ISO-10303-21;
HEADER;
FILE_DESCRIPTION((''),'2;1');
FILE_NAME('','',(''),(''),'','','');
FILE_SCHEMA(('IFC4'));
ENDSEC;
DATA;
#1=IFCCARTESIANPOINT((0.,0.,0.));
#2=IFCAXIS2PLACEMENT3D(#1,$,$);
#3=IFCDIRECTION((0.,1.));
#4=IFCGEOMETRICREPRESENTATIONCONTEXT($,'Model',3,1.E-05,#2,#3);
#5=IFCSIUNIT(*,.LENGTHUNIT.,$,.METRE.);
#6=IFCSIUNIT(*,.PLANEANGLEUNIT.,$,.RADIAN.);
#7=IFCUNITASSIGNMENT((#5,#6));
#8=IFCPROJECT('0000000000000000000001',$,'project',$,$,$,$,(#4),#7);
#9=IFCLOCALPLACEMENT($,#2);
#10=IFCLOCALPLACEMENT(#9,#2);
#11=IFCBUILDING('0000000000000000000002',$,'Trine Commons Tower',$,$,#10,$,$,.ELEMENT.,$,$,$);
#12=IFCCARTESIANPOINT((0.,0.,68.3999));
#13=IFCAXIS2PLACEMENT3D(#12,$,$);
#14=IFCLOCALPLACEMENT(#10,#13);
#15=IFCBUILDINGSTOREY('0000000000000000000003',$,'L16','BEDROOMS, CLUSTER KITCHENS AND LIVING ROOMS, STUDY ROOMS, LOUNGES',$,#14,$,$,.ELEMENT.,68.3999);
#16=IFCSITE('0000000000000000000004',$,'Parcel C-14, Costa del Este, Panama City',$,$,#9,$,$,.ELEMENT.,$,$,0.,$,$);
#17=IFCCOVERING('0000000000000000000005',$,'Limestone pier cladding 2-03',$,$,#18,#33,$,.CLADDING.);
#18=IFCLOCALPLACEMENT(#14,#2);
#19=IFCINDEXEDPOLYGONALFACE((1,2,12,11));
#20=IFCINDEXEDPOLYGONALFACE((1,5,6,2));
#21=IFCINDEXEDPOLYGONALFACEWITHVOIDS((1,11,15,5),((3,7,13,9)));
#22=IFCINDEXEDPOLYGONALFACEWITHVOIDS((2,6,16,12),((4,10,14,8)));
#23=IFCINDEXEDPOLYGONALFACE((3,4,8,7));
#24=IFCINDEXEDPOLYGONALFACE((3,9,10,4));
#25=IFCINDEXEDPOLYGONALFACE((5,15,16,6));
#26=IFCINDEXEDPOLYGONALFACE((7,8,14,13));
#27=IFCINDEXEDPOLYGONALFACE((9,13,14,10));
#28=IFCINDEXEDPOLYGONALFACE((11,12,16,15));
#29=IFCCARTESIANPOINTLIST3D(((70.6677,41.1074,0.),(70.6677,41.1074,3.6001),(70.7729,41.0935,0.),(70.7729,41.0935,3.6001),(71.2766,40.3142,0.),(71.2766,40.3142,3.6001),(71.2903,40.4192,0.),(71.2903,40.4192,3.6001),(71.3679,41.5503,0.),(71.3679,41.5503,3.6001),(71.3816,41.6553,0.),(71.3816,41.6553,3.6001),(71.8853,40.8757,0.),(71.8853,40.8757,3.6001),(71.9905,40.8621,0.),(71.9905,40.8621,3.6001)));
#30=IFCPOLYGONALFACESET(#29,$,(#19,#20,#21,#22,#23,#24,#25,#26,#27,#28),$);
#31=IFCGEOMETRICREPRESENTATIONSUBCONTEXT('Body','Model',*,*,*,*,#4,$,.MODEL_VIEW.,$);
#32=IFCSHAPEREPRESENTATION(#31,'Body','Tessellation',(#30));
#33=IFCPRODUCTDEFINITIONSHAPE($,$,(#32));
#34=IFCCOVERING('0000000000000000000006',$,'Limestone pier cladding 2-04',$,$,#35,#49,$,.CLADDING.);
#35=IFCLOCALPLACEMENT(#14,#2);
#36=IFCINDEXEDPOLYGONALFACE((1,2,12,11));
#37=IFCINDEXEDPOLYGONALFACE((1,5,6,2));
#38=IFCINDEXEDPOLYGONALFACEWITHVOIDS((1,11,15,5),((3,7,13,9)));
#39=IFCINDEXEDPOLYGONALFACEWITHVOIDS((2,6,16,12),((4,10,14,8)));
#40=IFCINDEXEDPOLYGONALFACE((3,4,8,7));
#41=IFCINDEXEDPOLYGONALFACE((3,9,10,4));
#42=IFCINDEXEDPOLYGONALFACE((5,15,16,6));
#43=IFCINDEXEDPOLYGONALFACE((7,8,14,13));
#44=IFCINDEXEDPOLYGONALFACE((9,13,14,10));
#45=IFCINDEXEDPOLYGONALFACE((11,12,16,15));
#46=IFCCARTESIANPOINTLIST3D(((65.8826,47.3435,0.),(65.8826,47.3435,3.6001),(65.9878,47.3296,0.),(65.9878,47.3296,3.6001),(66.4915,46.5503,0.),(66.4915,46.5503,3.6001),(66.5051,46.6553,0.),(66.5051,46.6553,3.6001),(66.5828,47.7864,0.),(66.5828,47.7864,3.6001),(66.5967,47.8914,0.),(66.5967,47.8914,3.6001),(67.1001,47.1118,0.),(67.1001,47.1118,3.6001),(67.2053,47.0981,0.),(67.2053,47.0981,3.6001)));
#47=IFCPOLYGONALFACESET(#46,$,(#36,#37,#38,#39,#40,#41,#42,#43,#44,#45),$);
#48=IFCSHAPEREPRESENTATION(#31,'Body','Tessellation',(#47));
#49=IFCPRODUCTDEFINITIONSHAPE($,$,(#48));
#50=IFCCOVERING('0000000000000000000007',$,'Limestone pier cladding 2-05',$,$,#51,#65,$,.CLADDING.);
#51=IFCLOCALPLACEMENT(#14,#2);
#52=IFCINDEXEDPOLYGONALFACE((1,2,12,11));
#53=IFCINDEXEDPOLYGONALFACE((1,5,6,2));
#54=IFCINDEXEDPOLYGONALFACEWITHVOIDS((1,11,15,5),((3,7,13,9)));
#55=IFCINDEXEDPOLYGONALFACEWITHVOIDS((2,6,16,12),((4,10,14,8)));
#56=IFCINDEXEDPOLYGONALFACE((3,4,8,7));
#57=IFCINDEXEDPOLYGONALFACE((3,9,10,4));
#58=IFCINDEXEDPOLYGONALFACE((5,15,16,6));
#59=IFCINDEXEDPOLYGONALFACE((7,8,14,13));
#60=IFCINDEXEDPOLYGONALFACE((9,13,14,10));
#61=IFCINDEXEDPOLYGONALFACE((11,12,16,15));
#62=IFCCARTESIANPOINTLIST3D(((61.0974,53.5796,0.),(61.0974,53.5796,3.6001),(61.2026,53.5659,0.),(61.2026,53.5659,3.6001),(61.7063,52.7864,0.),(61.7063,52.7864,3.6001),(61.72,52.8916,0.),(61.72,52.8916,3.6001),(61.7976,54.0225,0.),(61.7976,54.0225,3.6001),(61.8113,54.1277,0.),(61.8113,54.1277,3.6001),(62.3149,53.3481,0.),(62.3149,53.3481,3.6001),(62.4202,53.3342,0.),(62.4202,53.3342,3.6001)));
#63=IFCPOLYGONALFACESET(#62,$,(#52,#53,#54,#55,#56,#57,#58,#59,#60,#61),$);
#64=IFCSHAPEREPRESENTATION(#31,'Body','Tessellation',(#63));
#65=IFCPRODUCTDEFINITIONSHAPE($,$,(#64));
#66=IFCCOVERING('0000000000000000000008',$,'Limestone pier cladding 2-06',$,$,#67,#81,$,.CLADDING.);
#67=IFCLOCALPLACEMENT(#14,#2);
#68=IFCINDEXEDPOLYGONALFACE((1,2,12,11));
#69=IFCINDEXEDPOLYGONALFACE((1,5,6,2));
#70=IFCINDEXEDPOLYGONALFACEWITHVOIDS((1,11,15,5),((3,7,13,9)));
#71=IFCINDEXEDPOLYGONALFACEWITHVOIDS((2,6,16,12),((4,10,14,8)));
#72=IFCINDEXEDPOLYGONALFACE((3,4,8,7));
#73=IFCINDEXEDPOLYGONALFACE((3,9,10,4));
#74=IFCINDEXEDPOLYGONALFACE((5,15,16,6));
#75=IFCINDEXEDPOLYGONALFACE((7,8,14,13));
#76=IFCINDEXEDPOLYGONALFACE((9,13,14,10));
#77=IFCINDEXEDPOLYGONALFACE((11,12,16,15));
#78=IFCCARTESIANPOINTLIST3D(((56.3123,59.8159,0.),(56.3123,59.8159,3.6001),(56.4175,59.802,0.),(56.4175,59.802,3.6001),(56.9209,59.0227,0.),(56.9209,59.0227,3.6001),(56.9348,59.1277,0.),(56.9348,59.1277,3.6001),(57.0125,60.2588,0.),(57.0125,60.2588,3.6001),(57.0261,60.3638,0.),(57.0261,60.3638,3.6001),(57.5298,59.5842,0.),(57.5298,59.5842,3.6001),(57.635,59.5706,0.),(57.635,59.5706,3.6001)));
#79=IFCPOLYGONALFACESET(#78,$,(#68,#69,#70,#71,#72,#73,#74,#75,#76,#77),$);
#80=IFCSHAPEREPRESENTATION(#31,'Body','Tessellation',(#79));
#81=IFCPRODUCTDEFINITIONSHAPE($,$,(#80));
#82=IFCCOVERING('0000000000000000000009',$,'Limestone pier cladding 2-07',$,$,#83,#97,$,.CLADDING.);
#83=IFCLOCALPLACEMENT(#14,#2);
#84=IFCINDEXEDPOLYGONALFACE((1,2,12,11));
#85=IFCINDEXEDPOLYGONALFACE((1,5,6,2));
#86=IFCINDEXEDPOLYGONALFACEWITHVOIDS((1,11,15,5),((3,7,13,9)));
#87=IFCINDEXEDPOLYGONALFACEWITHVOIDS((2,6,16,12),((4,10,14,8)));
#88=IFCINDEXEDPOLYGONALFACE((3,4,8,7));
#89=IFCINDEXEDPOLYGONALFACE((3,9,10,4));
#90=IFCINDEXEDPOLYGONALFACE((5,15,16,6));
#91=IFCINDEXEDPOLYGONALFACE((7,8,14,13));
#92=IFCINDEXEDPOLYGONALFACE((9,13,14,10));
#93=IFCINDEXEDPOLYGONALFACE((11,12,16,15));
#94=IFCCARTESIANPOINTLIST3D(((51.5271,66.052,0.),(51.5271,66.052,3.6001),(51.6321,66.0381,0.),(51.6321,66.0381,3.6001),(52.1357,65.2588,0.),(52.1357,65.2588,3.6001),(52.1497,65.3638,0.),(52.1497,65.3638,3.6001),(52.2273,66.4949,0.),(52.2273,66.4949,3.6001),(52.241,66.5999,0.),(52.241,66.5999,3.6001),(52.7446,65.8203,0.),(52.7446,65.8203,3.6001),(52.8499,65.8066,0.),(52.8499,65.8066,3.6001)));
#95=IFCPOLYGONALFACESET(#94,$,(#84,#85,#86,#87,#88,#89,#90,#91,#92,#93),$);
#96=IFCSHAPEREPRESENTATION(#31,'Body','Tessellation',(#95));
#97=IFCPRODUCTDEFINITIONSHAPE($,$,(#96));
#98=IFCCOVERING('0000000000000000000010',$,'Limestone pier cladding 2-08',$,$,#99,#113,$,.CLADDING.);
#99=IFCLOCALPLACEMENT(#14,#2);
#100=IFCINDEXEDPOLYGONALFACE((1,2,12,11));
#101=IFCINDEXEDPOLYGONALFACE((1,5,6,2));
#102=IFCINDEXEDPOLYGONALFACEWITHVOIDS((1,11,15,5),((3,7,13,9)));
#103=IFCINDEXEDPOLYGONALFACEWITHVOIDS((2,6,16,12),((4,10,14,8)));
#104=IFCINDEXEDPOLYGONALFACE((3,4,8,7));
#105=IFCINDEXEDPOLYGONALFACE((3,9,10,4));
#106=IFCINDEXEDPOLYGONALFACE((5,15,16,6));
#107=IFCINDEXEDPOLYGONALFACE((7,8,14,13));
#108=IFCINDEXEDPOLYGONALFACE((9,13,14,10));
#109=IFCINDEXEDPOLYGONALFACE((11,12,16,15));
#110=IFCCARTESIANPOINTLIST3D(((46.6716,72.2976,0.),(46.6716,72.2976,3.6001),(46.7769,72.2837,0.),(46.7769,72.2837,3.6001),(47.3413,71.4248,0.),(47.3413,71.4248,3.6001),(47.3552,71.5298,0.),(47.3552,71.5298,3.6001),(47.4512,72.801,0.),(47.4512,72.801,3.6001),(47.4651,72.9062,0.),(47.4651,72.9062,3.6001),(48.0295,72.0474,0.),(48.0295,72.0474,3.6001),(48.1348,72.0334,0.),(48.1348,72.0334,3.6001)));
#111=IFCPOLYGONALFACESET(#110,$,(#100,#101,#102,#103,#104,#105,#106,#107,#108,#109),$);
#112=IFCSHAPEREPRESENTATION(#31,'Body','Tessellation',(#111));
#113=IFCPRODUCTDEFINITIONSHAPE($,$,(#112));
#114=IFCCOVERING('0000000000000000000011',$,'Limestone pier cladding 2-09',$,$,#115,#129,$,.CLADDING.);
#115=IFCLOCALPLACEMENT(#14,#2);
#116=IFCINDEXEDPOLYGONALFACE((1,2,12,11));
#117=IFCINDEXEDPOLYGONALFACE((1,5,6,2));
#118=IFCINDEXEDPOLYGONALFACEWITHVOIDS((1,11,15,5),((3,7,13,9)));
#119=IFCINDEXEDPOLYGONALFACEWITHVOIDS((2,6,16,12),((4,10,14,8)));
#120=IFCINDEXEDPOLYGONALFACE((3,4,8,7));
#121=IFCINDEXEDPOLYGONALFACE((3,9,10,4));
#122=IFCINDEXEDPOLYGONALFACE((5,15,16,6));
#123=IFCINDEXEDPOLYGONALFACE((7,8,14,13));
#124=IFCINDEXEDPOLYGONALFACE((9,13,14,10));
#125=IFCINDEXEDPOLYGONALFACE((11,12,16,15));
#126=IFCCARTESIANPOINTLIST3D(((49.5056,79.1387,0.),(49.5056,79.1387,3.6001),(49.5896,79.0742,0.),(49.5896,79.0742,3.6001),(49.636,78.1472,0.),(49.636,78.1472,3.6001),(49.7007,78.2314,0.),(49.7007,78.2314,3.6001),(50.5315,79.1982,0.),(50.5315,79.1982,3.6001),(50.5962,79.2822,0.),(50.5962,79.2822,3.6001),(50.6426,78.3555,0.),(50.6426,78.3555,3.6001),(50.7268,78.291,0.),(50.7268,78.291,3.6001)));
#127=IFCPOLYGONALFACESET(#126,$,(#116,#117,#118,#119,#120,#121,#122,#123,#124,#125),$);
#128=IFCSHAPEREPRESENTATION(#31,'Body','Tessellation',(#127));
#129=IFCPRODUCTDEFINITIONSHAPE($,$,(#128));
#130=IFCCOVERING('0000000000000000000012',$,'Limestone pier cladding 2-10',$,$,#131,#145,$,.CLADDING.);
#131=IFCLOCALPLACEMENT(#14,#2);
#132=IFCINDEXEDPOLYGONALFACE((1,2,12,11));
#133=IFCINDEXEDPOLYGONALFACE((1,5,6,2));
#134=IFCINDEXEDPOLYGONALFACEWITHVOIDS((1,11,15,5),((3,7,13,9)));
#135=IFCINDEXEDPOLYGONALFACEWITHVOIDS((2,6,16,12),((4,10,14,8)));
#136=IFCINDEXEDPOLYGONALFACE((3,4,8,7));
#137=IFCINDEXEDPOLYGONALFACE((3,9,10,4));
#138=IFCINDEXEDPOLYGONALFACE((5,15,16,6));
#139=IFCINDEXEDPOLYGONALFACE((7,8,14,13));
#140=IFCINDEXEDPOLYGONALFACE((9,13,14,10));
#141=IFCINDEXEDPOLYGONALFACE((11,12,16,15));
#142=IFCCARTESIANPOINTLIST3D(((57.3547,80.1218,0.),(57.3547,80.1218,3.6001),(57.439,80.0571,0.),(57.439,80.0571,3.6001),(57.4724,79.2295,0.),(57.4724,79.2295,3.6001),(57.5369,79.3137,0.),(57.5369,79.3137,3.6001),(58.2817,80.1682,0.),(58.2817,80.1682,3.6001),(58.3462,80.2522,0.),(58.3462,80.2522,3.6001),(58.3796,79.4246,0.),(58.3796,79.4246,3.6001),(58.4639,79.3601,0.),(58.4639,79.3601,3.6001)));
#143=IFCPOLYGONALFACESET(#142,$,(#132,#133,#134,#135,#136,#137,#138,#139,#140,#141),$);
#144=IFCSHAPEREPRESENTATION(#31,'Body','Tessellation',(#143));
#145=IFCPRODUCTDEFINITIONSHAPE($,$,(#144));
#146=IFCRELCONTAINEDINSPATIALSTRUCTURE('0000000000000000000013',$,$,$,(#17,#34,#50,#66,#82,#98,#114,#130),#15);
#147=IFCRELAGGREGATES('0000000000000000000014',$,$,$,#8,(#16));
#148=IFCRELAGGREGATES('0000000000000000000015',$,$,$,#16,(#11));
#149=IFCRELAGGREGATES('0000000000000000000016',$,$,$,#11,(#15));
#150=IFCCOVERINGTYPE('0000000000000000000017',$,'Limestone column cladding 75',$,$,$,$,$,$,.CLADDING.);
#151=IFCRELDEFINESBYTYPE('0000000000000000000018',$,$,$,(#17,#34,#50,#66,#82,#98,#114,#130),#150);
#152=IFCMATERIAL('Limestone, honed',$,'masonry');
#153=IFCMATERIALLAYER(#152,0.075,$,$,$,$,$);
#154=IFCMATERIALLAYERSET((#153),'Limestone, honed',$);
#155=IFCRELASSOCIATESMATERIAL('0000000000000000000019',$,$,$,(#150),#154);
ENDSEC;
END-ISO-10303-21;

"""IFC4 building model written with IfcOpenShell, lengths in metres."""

from ifc_helpers import new_model, si_unit, direction, frame, origin, place, context, subcontext, project, spatial, polyline, outline, extrude, material, layer, layer_set, type_object, element, save


model = new_model("IFC4")

# Units and contexts
model_context = context("Model", 3, precision=1e-05, world=origin(), true_north=direction((0.0, 1.0)))
body_context = subcontext(model_context, "Body", "Model", "MODEL_VIEW")
ifc_project = project(units=[si_unit("LENGTHUNIT", "METRE"), si_unit("PLANEANGLEUNIT", "RADIAN")], contexts=[model_context])

# Site, building, storey
site_placement = place(None, origin())
site = spatial("IfcSite", under=ifc_project, at=site_placement, Name="Parcel C-14, Costa del Este, Panama City", CompositionType="ELEMENT", RefElevation=0.0)
building_placement = place(site_placement, origin())
building = spatial("IfcBuilding", under=site, at=building_placement, Name="Trine Commons Tower", CompositionType="ELEMENT")
storey_placement = place(building_placement, frame((0.0, 0.0, 68.3999)))
storey = spatial("IfcBuildingStorey", under=building, at=storey_placement, Name="L16", Description="BEDROOMS, CLUSTER KITCHENS AND LIVING ROOMS, STUDY ROOMS, LOUNGES", CompositionType="ELEMENT", Elevation=68.3999)

# Coverings
ifc_material_1 = material(Name="Limestone, honed", Category="masonry")
ifc_layer_1 = layer(ifc_material_1, 0.075)
ifc_layer_set_1 = layer_set([ifc_layer_1], Name="Limestone, honed")
covering_type_1 = type_object("IfcCoveringType", Name="Limestone column cladding 75", PredefinedType="CLADDING", material=ifc_layer_set_1)
covering_1_placement = place(storey_placement, origin())
element("IfcCovering", 1, at=covering_1_placement, inside=storey, type_object=covering_type_1, Name="Limestone pier cladding 2-03", PredefinedType="CLADDING", context=body_context, shape_type="SweptSolid", body=[
    extrude(outline(polyline([(71.3816, 41.6553), (70.6677, 41.1074), (71.2766, 40.3142), (71.9905, 40.8621), (71.3816, 41.6553)]), holes=[polyline([(71.3679, 41.5503), (70.7729, 41.0935), (71.2903, 40.4192), (71.8853, 40.8757), (71.3679, 41.5503)])]), origin(), (0.0, 0.0, 1.0), 3.6001),
])
covering_2_placement = place(storey_placement, origin())
element("IfcCovering", 2, at=covering_2_placement, inside=storey, type_object=covering_type_1, Name="Limestone pier cladding 2-04", PredefinedType="CLADDING", context=body_context, shape_type="SweptSolid", body=[
    extrude(outline(polyline([(66.5967, 47.8914), (65.8826, 47.3435), (66.4915, 46.5503), (67.2053, 47.0981), (66.5967, 47.8914)]), holes=[polyline([(66.5828, 47.7864), (65.9878, 47.3296), (66.5051, 46.6553), (67.1001, 47.1118), (66.5828, 47.7864)])]), origin(), (0.0, 0.0, 1.0), 3.6001),
])
covering_3_placement = place(storey_placement, origin())
element("IfcCovering", 3, at=covering_3_placement, inside=storey, type_object=covering_type_1, Name="Limestone pier cladding 2-05", PredefinedType="CLADDING", context=body_context, shape_type="SweptSolid", body=[
    extrude(outline(polyline([(61.8113, 54.1277), (61.0974, 53.5796), (61.7063, 52.7864), (62.4202, 53.3342), (61.8113, 54.1277)]), holes=[polyline([(61.7976, 54.0225), (61.2026, 53.5659), (61.72, 52.8916), (62.3149, 53.3481), (61.7976, 54.0225)])]), origin(), (0.0, 0.0, 1.0), 3.6001),
])
covering_4_placement = place(storey_placement, origin())
element("IfcCovering", 4, at=covering_4_placement, inside=storey, type_object=covering_type_1, Name="Limestone pier cladding 2-06", PredefinedType="CLADDING", context=body_context, shape_type="SweptSolid", body=[
    extrude(outline(polyline([(57.0261, 60.3638), (56.3123, 59.8159), (56.9209, 59.0227), (57.635, 59.5706), (57.0261, 60.3638)]), holes=[polyline([(57.0125, 60.2588), (56.4175, 59.802), (56.9348, 59.1277), (57.5298, 59.5842), (57.0125, 60.2588)])]), origin(), (0.0, 0.0, 1.0), 3.6001),
])
covering_5_placement = place(storey_placement, origin())
element("IfcCovering", 5, at=covering_5_placement, inside=storey, type_object=covering_type_1, Name="Limestone pier cladding 2-07", PredefinedType="CLADDING", context=body_context, shape_type="SweptSolid", body=[
    extrude(outline(polyline([(52.241, 66.5999), (51.5271, 66.052), (52.1357, 65.2588), (52.8499, 65.8066), (52.241, 66.5999)]), holes=[polyline([(52.2273, 66.4949), (51.6321, 66.0381), (52.1497, 65.3638), (52.7446, 65.8203), (52.2273, 66.4949)])]), origin(), (0.0, 0.0, 1.0), 3.6001),
])
covering_6_placement = place(storey_placement, origin())
element("IfcCovering", 6, at=covering_6_placement, inside=storey, type_object=covering_type_1, Name="Limestone pier cladding 2-08", PredefinedType="CLADDING", context=body_context, shape_type="SweptSolid", body=[
    extrude(outline(polyline([(47.4651, 72.9062), (46.6716, 72.2976), (47.3413, 71.4248), (48.1348, 72.0334), (47.4651, 72.9062)]), holes=[polyline([(47.4512, 72.801), (46.7769, 72.2837), (47.3552, 71.5298), (48.0295, 72.0474), (47.4512, 72.801)])]), origin(), (0.0, 0.0, 1.0), 3.6001),
])
covering_7_placement = place(storey_placement, origin())
element("IfcCovering", 7, at=covering_7_placement, inside=storey, type_object=covering_type_1, Name="Limestone pier cladding 2-09", PredefinedType="CLADDING", context=body_context, shape_type="SweptSolid", body=[
    extrude(outline(polyline([(50.7268, 78.291), (50.5962, 79.2822), (49.5056, 79.1387), (49.636, 78.1472), (50.7268, 78.291)]), holes=[polyline([(50.6426, 78.3555), (50.5315, 79.1982), (49.5896, 79.0742), (49.7007, 78.2314), (50.6426, 78.3555)])]), origin(), (0.0, 0.0, 1.0), 3.6001),
])
covering_8_placement = place(storey_placement, origin())
element("IfcCovering", 8, at=covering_8_placement, inside=storey, type_object=covering_type_1, Name="Limestone pier cladding 2-10", PredefinedType="CLADDING", context=body_context, shape_type="SweptSolid", body=[
    extrude(outline(polyline([(58.4639, 79.3601), (58.3462, 80.2522), (57.3547, 80.1218), (57.4724, 79.2295), (58.4639, 79.3601)]), holes=[polyline([(58.3796, 79.4246), (58.2817, 80.1682), (57.439, 80.0571), (57.5369, 79.3137), (58.3796, 79.4246)])]), origin(), (0.0, 0.0, 1.0), 3.6001),
])

save(model, "model.ifc")
